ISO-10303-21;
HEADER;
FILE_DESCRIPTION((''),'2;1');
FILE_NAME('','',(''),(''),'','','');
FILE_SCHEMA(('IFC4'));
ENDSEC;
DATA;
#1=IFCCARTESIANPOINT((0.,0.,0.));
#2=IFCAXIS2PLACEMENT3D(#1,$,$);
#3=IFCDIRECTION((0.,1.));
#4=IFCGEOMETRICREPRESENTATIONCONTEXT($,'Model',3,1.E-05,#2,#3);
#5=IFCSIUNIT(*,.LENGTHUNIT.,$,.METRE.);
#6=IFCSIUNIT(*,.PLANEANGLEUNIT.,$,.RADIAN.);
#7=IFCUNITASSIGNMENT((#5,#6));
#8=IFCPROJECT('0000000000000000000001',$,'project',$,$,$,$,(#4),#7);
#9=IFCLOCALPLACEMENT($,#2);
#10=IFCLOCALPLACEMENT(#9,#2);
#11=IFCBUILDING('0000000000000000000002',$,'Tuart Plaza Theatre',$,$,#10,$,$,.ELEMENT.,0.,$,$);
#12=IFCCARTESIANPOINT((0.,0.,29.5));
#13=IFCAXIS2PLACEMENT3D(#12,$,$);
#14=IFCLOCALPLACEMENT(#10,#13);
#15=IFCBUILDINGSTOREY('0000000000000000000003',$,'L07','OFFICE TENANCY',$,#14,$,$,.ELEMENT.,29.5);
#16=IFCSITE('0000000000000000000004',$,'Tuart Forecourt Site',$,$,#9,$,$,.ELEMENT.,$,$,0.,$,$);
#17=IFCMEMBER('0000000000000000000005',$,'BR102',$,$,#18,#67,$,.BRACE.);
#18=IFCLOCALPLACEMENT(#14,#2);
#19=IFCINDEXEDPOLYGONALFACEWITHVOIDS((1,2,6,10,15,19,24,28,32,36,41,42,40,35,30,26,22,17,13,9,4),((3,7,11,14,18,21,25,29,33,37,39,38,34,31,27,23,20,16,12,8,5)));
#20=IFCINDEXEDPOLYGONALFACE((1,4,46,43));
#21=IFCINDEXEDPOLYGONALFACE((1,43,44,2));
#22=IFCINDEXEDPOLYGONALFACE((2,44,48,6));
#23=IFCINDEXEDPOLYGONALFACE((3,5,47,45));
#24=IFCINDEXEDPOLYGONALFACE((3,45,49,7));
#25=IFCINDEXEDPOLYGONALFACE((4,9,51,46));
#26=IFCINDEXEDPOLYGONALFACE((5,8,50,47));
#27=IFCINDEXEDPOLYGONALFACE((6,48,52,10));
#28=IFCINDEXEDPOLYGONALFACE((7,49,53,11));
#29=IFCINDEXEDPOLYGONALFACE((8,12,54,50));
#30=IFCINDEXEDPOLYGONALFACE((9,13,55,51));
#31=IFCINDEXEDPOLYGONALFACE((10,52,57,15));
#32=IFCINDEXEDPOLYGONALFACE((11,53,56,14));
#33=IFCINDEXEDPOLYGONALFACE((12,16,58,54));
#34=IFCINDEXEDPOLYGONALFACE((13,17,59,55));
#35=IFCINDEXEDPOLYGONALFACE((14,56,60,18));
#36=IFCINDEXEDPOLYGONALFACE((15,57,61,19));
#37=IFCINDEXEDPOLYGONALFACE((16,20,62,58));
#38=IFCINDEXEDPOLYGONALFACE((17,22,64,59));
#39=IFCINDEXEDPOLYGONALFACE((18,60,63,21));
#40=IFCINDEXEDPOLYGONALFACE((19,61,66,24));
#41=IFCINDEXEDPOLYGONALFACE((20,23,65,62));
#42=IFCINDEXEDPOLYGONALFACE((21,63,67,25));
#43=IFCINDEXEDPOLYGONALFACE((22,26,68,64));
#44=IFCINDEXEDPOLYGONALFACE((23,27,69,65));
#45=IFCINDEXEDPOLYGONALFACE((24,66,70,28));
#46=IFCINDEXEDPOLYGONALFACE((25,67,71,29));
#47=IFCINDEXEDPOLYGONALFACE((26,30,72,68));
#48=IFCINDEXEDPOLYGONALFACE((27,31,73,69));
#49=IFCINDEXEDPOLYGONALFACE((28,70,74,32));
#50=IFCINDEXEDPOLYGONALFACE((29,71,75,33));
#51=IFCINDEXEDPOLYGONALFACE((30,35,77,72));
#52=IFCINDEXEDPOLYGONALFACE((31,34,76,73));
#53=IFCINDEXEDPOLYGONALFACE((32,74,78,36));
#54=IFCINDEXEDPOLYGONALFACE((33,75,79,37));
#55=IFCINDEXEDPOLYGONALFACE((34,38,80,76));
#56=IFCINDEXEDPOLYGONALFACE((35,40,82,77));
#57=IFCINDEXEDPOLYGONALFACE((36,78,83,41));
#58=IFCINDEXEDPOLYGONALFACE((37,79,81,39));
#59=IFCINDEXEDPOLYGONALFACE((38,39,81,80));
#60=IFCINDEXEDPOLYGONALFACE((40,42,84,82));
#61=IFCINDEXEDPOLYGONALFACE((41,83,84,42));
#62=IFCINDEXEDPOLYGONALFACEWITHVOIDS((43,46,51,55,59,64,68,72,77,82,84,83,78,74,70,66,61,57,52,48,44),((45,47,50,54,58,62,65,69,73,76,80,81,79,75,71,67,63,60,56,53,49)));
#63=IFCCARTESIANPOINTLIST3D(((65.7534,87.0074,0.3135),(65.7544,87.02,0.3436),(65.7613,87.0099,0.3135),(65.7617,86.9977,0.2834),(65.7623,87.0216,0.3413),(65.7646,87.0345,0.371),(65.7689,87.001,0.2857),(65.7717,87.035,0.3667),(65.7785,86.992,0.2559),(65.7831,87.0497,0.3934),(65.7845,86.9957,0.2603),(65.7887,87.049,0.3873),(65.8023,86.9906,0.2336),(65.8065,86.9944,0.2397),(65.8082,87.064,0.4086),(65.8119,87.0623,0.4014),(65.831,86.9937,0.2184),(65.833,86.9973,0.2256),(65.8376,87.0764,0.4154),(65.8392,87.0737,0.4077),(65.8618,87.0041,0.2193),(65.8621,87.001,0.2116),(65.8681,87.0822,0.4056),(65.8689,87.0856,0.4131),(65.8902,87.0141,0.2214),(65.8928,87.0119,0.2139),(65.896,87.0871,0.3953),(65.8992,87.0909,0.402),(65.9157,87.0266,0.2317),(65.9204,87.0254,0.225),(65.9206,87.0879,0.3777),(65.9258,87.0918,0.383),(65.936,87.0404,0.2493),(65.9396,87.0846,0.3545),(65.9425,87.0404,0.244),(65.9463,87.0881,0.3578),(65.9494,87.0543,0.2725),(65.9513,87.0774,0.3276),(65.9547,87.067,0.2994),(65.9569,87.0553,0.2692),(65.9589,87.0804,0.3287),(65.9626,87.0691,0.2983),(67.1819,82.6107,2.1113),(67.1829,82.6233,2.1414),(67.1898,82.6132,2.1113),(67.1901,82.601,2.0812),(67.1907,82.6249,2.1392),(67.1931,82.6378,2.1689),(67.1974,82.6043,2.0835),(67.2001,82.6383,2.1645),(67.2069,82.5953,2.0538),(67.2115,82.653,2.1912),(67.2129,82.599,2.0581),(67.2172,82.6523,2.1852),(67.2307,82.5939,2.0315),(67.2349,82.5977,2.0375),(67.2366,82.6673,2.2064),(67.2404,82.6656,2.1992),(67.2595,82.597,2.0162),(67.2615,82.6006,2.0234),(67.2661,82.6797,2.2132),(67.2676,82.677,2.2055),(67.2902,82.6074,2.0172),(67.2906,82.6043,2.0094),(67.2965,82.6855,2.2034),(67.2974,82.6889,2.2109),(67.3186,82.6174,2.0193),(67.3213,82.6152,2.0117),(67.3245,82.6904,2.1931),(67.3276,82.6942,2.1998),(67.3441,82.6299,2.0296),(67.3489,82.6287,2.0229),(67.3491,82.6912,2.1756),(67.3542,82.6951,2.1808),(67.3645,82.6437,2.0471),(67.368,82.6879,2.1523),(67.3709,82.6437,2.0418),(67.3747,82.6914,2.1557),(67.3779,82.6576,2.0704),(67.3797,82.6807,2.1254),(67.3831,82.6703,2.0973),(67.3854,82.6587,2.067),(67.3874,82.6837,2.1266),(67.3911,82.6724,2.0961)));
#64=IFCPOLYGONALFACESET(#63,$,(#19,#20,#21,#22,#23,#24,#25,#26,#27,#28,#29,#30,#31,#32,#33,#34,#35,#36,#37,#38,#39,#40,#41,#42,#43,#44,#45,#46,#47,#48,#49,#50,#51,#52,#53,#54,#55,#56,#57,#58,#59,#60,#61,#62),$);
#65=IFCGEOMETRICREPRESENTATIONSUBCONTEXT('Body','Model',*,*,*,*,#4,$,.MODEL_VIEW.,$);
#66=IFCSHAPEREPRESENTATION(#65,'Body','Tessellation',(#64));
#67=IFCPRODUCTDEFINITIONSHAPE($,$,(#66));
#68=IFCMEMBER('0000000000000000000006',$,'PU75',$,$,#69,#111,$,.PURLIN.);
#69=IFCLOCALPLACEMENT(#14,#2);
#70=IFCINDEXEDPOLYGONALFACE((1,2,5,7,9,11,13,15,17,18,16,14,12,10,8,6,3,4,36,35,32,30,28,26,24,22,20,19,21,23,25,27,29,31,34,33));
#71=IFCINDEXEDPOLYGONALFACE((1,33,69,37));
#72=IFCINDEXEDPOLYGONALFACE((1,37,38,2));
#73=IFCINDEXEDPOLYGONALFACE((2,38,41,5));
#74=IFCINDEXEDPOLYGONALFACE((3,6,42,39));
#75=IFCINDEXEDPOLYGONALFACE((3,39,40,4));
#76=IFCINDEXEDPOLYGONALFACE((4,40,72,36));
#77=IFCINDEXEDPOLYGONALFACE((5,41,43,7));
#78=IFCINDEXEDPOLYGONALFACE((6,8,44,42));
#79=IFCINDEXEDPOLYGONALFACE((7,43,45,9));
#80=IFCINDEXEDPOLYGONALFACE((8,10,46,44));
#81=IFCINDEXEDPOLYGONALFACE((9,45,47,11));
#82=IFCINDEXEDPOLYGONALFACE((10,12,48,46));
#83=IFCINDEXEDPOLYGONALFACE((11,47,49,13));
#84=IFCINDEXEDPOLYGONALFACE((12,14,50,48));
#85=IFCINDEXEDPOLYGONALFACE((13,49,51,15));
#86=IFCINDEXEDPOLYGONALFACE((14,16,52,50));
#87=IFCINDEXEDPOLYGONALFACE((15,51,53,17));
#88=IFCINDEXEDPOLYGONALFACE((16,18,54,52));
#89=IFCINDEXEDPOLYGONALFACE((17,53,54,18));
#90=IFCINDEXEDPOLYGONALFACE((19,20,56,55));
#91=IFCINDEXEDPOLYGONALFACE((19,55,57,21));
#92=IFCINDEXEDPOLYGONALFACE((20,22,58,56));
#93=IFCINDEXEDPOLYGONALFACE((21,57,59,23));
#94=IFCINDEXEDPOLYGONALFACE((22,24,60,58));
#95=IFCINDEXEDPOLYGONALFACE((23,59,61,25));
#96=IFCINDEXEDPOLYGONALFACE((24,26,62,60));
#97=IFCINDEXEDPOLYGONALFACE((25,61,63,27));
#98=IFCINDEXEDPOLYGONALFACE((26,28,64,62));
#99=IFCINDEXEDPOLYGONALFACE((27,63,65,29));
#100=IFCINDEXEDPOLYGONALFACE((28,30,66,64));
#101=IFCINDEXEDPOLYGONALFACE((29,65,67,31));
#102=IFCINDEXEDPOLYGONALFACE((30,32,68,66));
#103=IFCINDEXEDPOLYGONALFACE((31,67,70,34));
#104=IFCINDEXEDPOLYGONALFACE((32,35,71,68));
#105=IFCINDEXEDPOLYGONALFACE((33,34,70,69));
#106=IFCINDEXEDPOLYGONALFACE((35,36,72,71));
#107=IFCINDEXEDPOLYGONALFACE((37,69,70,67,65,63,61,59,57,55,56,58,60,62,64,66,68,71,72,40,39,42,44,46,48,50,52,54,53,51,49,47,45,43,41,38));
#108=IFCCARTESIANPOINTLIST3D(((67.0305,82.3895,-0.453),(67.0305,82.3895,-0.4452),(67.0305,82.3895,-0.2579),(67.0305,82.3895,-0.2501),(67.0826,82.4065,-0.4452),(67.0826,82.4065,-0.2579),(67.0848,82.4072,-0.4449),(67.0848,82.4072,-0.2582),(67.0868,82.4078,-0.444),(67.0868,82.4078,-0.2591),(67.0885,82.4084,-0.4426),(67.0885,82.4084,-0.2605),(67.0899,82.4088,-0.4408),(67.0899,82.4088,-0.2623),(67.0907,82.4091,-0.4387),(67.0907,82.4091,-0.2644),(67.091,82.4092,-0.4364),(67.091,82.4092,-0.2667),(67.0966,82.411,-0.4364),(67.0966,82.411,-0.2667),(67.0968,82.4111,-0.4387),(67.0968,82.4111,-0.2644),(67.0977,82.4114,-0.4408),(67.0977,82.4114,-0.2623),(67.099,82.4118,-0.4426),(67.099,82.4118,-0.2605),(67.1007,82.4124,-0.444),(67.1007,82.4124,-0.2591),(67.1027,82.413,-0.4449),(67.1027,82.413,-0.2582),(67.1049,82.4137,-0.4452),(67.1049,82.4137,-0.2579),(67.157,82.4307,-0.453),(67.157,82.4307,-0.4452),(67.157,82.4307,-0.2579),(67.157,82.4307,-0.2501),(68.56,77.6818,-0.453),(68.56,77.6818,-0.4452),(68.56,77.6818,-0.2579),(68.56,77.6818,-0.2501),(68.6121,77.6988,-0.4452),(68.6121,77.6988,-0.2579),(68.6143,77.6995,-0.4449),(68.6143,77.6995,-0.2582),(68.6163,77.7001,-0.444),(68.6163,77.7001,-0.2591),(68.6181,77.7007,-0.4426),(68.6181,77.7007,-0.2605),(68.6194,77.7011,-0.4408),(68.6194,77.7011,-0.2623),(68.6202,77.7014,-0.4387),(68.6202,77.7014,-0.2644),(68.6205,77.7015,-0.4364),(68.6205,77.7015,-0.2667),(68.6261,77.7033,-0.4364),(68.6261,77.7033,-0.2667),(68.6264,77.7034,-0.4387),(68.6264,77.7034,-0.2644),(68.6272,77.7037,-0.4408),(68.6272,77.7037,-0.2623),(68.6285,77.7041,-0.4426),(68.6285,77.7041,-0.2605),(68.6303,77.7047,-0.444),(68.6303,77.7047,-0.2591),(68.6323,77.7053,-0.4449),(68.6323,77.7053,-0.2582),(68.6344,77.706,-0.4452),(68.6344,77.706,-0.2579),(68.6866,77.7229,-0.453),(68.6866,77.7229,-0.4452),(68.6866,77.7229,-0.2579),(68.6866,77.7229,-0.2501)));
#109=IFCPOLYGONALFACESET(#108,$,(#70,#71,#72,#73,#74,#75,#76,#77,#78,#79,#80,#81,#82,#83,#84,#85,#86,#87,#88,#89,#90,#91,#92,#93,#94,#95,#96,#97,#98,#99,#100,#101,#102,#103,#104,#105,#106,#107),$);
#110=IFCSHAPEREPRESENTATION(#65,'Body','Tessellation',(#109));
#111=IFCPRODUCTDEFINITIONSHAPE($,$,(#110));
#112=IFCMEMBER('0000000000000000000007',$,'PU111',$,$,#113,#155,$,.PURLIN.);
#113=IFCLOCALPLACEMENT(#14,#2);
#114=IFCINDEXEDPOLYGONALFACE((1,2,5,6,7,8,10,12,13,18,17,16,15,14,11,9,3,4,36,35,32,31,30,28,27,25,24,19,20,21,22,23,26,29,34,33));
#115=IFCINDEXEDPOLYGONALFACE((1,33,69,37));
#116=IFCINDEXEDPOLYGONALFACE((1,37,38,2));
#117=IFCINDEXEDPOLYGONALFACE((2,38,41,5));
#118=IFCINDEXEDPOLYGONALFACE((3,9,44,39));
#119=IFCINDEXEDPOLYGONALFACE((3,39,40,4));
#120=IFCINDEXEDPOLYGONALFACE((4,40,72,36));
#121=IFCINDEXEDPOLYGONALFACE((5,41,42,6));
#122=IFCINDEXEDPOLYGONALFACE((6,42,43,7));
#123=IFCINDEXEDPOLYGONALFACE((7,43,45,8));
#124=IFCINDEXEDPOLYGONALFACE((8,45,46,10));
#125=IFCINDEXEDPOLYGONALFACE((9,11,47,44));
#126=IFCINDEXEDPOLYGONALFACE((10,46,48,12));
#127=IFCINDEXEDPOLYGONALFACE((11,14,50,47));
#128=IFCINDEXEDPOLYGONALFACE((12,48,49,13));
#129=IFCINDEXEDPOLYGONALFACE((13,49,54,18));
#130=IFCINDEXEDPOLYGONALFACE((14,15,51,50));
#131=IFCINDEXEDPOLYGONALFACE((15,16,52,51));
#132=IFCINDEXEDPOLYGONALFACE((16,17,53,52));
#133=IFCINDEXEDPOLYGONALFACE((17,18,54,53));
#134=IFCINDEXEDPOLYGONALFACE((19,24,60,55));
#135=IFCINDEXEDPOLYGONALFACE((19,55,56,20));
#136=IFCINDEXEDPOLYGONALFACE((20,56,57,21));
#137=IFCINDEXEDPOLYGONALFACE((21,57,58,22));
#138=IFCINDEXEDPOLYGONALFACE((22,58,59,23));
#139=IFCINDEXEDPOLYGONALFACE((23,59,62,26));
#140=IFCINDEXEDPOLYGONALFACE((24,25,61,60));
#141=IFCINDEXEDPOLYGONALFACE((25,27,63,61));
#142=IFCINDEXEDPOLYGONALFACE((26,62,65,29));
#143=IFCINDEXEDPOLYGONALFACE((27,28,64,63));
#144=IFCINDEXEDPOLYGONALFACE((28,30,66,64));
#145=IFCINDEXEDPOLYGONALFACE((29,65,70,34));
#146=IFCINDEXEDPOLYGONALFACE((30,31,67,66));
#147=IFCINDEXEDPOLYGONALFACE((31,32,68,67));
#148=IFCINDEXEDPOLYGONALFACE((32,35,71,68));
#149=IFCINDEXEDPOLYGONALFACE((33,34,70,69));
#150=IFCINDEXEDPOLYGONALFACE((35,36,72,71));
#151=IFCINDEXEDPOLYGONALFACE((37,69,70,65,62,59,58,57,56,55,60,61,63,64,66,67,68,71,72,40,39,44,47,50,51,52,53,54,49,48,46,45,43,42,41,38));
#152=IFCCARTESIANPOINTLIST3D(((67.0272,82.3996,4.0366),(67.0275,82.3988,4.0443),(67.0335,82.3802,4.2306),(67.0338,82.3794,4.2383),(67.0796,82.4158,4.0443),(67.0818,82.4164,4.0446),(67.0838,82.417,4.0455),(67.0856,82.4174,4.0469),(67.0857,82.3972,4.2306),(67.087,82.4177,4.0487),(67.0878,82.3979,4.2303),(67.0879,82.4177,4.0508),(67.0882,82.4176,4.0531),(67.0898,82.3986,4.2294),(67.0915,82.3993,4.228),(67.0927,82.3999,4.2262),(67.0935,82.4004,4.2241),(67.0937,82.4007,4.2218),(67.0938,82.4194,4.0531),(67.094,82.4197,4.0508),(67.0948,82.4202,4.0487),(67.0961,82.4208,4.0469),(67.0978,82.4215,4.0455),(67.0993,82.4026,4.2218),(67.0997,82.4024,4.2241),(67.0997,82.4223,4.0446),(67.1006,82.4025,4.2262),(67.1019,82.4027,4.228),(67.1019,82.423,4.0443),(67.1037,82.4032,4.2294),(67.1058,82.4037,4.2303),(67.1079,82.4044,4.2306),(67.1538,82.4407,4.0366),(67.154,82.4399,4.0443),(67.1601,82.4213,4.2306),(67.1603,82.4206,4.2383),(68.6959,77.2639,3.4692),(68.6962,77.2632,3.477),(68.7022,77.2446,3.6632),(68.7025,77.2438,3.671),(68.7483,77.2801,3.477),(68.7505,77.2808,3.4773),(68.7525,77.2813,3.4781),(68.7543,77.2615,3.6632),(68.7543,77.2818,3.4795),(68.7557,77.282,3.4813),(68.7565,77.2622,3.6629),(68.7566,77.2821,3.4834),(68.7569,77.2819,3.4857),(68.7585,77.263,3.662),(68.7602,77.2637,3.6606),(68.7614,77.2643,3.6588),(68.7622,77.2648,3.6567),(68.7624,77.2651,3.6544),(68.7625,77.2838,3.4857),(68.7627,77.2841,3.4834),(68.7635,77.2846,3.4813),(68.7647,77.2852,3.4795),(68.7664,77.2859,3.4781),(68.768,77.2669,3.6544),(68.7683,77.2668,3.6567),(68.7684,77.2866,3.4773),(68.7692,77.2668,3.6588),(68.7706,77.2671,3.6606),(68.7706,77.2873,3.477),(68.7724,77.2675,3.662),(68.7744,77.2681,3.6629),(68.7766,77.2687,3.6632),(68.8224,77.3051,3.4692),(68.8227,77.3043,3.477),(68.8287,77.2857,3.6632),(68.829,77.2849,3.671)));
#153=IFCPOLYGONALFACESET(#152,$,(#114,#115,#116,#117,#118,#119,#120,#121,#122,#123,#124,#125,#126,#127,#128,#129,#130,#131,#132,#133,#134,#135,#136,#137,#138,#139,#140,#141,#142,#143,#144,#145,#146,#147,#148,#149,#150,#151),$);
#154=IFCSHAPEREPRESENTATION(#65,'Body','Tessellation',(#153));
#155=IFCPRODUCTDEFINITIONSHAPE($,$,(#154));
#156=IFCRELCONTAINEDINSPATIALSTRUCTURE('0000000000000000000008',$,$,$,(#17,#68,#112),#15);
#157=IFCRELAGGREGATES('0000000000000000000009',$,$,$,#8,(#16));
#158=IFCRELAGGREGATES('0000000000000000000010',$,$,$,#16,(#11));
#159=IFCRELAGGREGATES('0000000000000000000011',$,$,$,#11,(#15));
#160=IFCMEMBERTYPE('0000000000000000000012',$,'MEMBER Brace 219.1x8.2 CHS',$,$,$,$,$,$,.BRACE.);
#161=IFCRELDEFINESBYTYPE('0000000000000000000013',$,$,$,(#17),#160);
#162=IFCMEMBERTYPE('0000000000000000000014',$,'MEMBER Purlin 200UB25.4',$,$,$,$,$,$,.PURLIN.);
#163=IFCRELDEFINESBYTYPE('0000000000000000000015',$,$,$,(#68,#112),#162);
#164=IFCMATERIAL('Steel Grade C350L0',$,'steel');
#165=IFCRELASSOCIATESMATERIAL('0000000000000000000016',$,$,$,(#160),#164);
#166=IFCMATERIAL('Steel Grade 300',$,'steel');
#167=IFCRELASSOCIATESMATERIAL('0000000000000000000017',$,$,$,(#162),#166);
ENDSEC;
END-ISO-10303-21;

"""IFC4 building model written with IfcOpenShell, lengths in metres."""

from ifc_helpers import new_model, si_unit, direction, frame, origin, origin_2d, place, context, subcontext, project, spatial, hollow_circle, i_section, extrude, material, material_profile, profile_set, type_object, element, save


model = new_model("IFC4")

# Units and contexts
model_context = context("Model", 3, precision=1e-05, world=origin(), true_north=direction((0.0, 1.0)))
body_context = subcontext(model_context, "Body", "Model", "MODEL_VIEW")
ifc_project = project(units=[si_unit("LENGTHUNIT", "METRE"), si_unit("PLANEANGLEUNIT", "RADIAN")], contexts=[model_context])

# Site, building, storey
site_placement = place(None, origin())
site = spatial("IfcSite", under=ifc_project, at=site_placement, Name="Tuart Forecourt Site", CompositionType="ELEMENT", RefElevation=0.0)
building_placement = place(site_placement, origin())
building = spatial("IfcBuilding", under=site, at=building_placement, Name="Tuart Plaza Theatre", CompositionType="ELEMENT", ElevationOfRefHeight=0.0)
storey_placement = place(building_placement, frame((0.0, 0.0, 29.5)))
storey = spatial("IfcBuildingStorey", under=building, at=storey_placement, Name="L07", Description="OFFICE TENANCY", CompositionType="ELEMENT", Elevation=29.5)

# Members
ifc_material_1 = material(Name="Steel Grade C350L0", Category="steel")
ifc_material_profile_1 = material_profile(ifc_material_1, hollow_circle(Radius=0.1096, WallThickness=0.0083, at=origin_2d()), Name="219.1x8.2 CHS")
ifc_profile_set_1 = profile_set([ifc_material_profile_1], Name="Steel Grade C350L0")
member_type_1 = type_object("IfcMemberType", Name="MEMBER Brace 219.1x8.2 CHS", PredefinedType="BRACE", material=ifc_profile_set_1)
member_1_placement = place(storey_placement, frame((67.2861, 82.6445, 2.1113), z_axis=(-0.287983, 0.886394, -0.362452), x_axis=(-0.951064, -0.308994, 0.0)))
element("IfcMember", 1, at=member_1_placement, inside=storey, type_object=member_type_1, Name="BR102", PredefinedType="BRACE", context=body_context, shape_type="SweptSolid", body=[
    extrude(hollow_circle(Radius=0.1096, WallThickness=0.0083, at=origin_2d()), origin(), (0.0, 0.0, 1.0), 4.9602),
])
ifc_material_2 = material(Name="Steel Grade 300", Category="steel")
ifc_material_profile_2 = material_profile(ifc_material_2, i_section(OverallWidth=0.1331, OverallDepth=0.2029, WebThickness=0.0059, FlangeThickness=0.0078, FilletRadius=0.0088, at=origin_2d()), Name="200UB25.4")
ifc_profile_set_2 = profile_set([ifc_material_profile_2], Name="Steel Grade 300")
member_type_2 = type_object("IfcMemberType", Name="MEMBER Purlin 200UB25.4", PredefinedType="PURLIN", material=ifc_profile_set_2)
member_2_placement = place(storey_placement, frame((68.6233, 77.7024, -0.3516), z_axis=(-0.308998, 0.951063, 0.0), x_axis=(-0.951063, -0.308998, 0.0)))
element("IfcMember", 2, at=member_2_placement, inside=storey, type_object=member_type_2, Name="PU75", PredefinedType="PURLIN", context=body_context, shape_type="SweptSolid", body=[
    extrude(i_section(OverallWidth=0.1331, OverallDepth=0.2029, WebThickness=0.0059, FlangeThickness=0.0078, FilletRadius=0.0088, at=origin_2d()), origin(), (0.0, 0.0, 1.0), 4.95),
])
member_3_placement = place(storey_placement, frame((68.7625, 77.2744, 3.5701), z_axis=(-0.307325, 0.94585, 0.104495), x_axis=(-0.951057, -0.309017, 0.0)))
element("IfcMember", 3, at=member_3_placement, inside=storey, type_object=member_type_2, Name="PU111", PredefinedType="PURLIN", context=body_context, shape_type="SweptSolid", body=[
    extrude(i_section(OverallWidth=0.1331, OverallDepth=0.2029, WebThickness=0.0059, FlangeThickness=0.0078, FilletRadius=0.0088, at=origin_2d()), origin(), (0.0, 0.0, 1.0), 5.4297),
])

save(model, "model.ifc")
